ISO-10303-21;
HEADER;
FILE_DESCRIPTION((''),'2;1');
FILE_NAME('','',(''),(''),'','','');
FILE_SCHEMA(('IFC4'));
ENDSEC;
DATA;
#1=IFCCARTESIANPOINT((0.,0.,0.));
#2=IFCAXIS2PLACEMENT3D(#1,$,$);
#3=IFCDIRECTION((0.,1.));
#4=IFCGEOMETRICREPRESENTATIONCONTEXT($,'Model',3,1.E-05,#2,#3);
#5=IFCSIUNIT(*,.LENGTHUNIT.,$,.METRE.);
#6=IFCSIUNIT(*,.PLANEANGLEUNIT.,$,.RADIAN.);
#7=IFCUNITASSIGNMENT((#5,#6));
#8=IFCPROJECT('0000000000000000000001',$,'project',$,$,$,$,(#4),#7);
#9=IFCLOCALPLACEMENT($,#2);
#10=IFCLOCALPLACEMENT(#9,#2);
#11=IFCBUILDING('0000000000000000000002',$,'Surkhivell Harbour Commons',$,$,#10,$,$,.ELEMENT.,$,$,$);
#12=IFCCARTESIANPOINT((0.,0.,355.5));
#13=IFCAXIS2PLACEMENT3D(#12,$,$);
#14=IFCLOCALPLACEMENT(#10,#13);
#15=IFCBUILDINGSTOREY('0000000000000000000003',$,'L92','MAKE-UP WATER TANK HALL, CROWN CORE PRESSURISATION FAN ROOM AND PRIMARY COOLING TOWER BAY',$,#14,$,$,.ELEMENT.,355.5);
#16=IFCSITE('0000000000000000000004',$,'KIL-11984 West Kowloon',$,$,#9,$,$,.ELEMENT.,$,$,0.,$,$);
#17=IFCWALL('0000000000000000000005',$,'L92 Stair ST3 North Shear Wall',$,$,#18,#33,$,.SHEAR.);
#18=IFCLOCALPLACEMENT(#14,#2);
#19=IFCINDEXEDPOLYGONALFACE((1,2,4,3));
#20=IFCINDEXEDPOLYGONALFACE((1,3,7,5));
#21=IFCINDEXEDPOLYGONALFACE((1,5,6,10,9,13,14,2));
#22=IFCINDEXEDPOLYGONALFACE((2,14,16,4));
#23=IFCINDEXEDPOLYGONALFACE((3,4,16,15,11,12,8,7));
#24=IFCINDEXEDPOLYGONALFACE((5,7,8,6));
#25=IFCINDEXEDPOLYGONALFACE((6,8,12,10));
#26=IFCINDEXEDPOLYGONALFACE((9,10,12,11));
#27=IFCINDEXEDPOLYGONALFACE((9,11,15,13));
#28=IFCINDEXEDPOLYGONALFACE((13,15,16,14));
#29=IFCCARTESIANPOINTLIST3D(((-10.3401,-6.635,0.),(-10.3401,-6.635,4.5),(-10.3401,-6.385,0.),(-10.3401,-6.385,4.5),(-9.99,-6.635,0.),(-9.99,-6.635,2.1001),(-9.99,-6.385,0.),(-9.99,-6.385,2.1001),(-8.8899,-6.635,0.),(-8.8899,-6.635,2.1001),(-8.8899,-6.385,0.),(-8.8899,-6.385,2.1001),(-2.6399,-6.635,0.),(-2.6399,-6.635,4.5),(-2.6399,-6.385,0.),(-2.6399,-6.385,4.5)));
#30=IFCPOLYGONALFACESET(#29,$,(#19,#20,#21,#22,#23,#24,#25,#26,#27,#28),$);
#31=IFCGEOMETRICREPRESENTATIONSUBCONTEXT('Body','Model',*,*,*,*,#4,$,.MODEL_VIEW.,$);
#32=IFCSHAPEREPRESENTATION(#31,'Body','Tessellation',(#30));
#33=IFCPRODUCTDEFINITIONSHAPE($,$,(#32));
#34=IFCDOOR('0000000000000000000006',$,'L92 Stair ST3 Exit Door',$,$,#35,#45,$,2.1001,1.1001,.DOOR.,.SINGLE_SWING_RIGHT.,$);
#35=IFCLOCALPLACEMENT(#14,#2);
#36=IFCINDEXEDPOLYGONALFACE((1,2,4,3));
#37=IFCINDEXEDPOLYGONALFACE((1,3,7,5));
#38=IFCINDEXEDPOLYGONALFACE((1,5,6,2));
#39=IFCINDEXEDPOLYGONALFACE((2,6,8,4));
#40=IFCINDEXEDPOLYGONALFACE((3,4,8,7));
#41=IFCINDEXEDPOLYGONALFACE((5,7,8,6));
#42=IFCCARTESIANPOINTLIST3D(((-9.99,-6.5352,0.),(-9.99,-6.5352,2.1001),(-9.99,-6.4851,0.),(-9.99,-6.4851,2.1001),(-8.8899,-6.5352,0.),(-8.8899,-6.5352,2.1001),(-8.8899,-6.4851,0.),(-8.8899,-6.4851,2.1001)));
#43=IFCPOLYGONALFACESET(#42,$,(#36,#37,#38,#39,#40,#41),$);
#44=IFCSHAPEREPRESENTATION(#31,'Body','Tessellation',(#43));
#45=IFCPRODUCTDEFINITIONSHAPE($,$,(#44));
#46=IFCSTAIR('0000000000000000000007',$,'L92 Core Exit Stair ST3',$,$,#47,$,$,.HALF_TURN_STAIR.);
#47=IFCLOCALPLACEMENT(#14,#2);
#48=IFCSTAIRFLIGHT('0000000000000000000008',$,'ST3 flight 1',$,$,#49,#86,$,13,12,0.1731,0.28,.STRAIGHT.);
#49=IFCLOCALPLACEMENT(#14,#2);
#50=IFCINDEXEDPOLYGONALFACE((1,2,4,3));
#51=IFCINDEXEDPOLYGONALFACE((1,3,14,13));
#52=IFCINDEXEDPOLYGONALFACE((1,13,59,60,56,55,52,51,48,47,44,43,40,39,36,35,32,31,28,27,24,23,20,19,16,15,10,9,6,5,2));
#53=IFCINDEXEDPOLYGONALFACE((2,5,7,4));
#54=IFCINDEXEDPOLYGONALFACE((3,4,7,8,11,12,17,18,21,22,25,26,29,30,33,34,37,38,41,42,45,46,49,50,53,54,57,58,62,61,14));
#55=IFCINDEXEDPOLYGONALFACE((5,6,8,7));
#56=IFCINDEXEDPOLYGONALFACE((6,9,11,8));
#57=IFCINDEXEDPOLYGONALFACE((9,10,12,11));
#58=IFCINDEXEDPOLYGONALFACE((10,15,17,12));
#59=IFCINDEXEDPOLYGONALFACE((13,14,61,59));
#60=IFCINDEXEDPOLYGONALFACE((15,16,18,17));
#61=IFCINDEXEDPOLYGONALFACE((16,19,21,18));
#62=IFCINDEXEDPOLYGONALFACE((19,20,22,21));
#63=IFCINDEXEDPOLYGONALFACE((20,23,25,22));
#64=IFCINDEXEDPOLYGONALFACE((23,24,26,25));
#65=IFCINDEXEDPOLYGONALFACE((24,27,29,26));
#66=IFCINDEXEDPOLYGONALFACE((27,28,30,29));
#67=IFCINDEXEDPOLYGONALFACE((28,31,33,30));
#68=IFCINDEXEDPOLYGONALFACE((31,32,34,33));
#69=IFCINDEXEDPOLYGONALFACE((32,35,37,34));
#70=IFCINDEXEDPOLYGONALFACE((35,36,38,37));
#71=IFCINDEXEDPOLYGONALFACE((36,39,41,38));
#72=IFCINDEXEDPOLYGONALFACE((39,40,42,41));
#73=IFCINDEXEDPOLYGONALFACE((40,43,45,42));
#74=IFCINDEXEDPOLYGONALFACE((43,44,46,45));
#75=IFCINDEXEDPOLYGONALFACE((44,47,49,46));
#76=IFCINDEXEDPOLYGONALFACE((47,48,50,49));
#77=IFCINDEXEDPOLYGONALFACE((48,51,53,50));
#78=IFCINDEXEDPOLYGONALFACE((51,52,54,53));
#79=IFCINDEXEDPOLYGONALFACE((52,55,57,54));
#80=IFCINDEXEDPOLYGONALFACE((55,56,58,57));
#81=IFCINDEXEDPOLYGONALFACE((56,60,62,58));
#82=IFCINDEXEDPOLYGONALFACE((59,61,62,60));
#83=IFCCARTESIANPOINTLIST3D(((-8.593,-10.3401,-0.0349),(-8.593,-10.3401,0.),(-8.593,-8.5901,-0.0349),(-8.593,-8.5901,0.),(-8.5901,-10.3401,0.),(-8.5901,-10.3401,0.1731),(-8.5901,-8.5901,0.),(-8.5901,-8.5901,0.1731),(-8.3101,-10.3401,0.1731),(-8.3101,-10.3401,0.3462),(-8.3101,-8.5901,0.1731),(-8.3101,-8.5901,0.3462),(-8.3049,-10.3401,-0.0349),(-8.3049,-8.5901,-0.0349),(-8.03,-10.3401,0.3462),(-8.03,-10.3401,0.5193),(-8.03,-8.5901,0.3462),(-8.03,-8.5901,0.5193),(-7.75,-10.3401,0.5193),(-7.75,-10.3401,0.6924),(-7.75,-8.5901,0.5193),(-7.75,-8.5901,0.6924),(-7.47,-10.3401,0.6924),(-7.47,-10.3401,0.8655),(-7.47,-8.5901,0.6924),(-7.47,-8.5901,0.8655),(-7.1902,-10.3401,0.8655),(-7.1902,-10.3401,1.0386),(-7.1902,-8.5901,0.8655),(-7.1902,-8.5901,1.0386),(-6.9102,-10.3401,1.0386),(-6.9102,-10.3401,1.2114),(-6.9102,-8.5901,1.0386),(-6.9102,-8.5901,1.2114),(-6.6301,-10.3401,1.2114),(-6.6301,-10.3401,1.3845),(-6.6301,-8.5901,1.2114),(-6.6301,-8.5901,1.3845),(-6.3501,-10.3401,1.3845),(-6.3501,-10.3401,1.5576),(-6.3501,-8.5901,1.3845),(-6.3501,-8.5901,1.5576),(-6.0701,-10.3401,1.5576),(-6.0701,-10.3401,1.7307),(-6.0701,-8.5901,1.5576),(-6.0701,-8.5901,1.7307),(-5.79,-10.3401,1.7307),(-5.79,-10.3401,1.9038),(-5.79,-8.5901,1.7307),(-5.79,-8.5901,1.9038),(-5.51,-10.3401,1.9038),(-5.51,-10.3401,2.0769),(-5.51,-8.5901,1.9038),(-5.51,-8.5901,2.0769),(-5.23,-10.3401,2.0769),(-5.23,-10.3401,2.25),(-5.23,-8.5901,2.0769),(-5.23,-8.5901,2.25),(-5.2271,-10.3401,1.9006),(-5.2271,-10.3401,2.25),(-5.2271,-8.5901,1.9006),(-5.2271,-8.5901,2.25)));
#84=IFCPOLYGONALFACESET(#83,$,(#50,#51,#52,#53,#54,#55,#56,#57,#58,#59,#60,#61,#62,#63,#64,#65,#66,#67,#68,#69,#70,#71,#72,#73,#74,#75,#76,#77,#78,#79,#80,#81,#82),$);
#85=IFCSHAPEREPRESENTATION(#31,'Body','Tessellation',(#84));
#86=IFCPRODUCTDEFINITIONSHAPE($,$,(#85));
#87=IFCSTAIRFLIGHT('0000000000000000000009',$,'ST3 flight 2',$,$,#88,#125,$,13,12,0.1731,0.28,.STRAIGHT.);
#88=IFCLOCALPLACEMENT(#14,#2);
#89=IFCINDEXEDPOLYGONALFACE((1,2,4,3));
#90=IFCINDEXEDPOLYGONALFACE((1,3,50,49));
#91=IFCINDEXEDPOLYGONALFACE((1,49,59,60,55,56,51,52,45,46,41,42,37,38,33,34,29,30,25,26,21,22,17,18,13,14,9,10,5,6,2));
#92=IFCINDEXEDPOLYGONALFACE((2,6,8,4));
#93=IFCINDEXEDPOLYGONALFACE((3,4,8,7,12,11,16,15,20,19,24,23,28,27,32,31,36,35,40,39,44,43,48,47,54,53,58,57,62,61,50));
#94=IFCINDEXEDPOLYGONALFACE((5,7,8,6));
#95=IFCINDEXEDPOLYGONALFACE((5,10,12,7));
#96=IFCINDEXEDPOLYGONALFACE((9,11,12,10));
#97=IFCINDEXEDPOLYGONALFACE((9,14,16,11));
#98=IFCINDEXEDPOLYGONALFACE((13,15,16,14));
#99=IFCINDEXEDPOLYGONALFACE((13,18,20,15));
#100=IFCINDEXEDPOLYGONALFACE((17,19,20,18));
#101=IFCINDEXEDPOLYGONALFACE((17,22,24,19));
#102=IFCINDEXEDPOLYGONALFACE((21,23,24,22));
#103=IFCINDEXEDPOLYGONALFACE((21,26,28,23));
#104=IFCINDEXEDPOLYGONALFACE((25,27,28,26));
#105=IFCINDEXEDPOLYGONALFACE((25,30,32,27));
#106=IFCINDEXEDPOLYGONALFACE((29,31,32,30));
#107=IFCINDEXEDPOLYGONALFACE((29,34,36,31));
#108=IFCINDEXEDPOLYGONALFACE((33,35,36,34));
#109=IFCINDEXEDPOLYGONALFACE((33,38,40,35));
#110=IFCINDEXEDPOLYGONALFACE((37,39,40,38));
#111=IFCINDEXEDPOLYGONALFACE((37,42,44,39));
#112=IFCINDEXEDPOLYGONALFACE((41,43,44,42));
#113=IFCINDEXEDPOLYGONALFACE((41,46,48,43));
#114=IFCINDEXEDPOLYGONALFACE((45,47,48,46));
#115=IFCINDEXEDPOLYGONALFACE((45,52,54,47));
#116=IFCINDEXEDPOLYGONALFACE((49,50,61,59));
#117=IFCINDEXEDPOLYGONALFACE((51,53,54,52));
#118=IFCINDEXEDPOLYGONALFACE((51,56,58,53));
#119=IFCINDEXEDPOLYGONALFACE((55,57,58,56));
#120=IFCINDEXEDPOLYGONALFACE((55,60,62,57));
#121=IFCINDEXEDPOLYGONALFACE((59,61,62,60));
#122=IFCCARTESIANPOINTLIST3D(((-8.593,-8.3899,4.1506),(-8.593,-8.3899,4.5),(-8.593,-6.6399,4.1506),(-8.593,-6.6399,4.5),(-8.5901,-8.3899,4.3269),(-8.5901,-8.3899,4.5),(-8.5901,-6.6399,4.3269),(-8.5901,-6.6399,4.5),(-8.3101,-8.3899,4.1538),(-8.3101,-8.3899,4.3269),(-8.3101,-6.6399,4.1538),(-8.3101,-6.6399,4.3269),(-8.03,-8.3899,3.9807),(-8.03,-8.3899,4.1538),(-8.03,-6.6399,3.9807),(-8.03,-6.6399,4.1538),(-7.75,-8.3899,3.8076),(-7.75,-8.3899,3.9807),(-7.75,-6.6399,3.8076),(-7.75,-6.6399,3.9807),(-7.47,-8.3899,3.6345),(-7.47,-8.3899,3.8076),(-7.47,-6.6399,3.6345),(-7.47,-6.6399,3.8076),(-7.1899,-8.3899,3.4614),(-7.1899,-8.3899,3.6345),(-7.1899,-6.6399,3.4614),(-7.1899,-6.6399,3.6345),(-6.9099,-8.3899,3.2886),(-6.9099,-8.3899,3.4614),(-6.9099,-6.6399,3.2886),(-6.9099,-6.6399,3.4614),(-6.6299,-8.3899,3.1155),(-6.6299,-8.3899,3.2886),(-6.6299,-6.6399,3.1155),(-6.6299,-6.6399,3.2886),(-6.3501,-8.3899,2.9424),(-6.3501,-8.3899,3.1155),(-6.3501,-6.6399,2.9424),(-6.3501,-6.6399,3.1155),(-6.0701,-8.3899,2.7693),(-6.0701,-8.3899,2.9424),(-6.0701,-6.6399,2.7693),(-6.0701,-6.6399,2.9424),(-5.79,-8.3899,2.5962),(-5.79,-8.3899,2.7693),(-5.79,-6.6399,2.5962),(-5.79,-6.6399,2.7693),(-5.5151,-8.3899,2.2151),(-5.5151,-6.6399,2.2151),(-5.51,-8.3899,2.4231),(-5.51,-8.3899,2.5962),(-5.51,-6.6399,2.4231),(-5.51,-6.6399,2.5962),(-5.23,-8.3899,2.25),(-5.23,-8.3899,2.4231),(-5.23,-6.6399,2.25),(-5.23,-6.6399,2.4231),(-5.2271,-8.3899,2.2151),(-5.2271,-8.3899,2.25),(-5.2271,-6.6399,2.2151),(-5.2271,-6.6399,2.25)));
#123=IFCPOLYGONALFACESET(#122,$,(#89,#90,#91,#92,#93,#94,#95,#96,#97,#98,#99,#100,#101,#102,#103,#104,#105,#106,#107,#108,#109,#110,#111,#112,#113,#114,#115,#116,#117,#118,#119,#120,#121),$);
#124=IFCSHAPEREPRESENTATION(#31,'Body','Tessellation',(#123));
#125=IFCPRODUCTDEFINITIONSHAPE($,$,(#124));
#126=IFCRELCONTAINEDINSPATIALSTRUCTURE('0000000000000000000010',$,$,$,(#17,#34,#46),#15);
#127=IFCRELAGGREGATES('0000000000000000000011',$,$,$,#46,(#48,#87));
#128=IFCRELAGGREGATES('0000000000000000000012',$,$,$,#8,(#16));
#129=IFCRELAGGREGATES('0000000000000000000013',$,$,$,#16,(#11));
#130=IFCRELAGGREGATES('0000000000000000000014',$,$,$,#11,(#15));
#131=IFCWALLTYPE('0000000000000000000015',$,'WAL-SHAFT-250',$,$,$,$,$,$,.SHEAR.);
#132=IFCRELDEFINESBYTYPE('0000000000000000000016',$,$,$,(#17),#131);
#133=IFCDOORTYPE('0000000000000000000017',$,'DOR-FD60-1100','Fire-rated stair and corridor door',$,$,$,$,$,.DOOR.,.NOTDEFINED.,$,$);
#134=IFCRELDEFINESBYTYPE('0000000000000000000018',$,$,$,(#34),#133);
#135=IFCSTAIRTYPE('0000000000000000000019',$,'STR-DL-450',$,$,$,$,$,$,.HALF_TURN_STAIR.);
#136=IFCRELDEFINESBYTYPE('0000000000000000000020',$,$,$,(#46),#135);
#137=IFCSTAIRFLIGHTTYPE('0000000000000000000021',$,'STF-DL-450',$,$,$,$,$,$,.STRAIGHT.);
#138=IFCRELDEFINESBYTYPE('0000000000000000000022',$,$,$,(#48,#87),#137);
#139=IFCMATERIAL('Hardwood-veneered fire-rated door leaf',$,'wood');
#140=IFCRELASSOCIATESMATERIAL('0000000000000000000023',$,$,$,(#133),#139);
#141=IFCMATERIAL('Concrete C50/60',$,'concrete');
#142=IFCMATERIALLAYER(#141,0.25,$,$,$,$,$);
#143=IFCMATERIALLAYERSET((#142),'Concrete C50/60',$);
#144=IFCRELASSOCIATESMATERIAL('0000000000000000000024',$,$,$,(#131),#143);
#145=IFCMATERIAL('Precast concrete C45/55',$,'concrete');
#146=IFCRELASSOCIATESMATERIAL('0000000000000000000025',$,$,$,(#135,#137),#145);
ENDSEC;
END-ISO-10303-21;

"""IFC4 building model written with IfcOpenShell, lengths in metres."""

from ifc_helpers import new_model, si_unit, direction, frame, frame_2d, origin, place, context, subcontext, project, spatial, polyline, rectangle, outline, extrude, material, layer, layer_set, type_object, element, fill, aggregate, save


model = new_model("IFC4")

# Units and contexts
model_context = context("Model", 3, precision=1e-05, world=origin(), true_north=direction((0.0, 1.0)))
body_context = subcontext(model_context, "Body", "Model", "MODEL_VIEW")
ifc_project = project(units=[si_unit("LENGTHUNIT", "METRE"), si_unit("PLANEANGLEUNIT", "RADIAN")], contexts=[model_context])

# Site, building, storey
site_placement = place(None, origin())
site = spatial("IfcSite", under=ifc_project, at=site_placement, Name="KIL-11984 West Kowloon", CompositionType="ELEMENT", RefElevation=0.0)
building_placement = place(site_placement, origin())
building = spatial("IfcBuilding", under=site, at=building_placement, Name="Surkhivell Harbour Commons", CompositionType="ELEMENT")
storey_placement = place(building_placement, frame((0.0, 0.0, 355.5)))
storey = spatial("IfcBuildingStorey", under=building, at=storey_placement, Name="L92", Description="MAKE-UP WATER TANK HALL, CROWN CORE PRESSURISATION FAN ROOM AND PRIMARY COOLING TOWER BAY", CompositionType="ELEMENT", Elevation=355.5)

# Shared definitions
ifc_material_1 = material(Name="Concrete C50/60", Category="concrete")

# Shared definitions
ifc_material_2 = material(Name="Hardwood-veneered fire-rated door leaf", Category="wood")
door_type_1 = type_object("IfcDoorType", Name="DOR-FD60-1100", Description="Fire-rated stair and corridor door", OperationType="NOTDEFINED", PredefinedType="DOOR", material=ifc_material_2)

# Shared definitions
ifc_layer_1 = layer(ifc_material_1, 0.25)
ifc_layer_set_1 = layer_set([ifc_layer_1], Name="Concrete C50/60")
wall_type_1 = type_object("IfcWallType", Name="WAL-SHAFT-250", PredefinedType="SHEAR", material=ifc_layer_set_1)

# Wall, opening, door
wall_1_placement = place(storey_placement, frame((-10.3401, -6.51, 0.0), z_axis=(0.0, 0.0, 1.0), x_axis=(1.0, 0.0, 0.0)))
wall_1 = element("IfcWall", 1, at=wall_1_placement, inside=storey, type_object=wall_type_1, Name="L92 Stair ST3 North Shear Wall", PredefinedType="SHEAR", context=body_context, shape_type="SweptSolid", body=[
    extrude(rectangle(XDim=7.7002, YDim=0.25, at=frame_2d((3.8501, 0.0))), origin(), (0.0, 0.0, 1.0), 4.5),
])
opening_1_placement = place(wall_1_placement, frame((0.3501, 0.0, 0.0)))
opening_1 = element("IfcOpeningElement", 2, at=opening_1_placement, cuts=wall_1, PredefinedType="OPENING", context=body_context, shape_type="SweptSolid", body=[
    extrude(rectangle(XDim=1.1001, YDim=2.1001, at=frame_2d((0.55, 1.05))), frame((0.0, 0.135, 0.0), z_axis=(0.0, -1.0, 0.0), x_axis=(1.0, 0.0, 0.0)), (0.0, 0.0, 1.0), 0.27),
])
door_1_placement = place(opening_1_placement, origin())
door_1 = element("IfcDoor", 3, at=door_1_placement, inside=storey, type_object=door_type_1, Name="L92 Stair ST3 Exit Door", OperationType="SINGLE_SWING_RIGHT", OverallHeight=2.1001, OverallWidth=1.1001, PredefinedType="DOOR", context=body_context, shape_type="SweptSolid", body=[
    extrude(rectangle(XDim=1.1001, YDim=2.1001, at=frame_2d((0.55, 1.05))), frame((0.0, 0.0249, 0.0), z_axis=(0.0, -1.0, 0.0), x_axis=(1.0, 0.0, 0.0)), (0.0, 0.0, 1.0), 0.05),
])
fill(opening_1, door_1)

# Stair, stair flights
ifc_material_3 = material(Name="Precast concrete C45/55", Category="concrete")
stair_type = type_object("IfcStairType", Name="STR-DL-450", PredefinedType="HALF_TURN_STAIR", material=ifc_material_3)
stair_placement = place(storey_placement, origin())
stair = element("IfcStair", 4, at=stair_placement, inside=storey, type_object=stair_type, Name="L92 Core Exit Stair ST3", PredefinedType="HALF_TURN_STAIR")
stair_flight_type = type_object("IfcStairFlightType", Name="STF-DL-450", PredefinedType="STRAIGHT", material=ifc_material_3)
stair_flight_1_placement = place(storey_placement, frame((-8.5901, -9.4651, 0.0), z_axis=(0.0, 0.0, 1.0), x_axis=(1.0, 0.0, 0.0)))
stair_flight_1 = element("IfcStairFlight", 5, at=stair_flight_1_placement, type_object=stair_flight_type, Name="ST3 flight 1", NumberOfRisers=13, NumberOfTreads=12, PredefinedType="STRAIGHT", RiserHeight=0.1731, TreadLength=0.28, context=body_context, shape_type="SweptSolid", body=[
    extrude(outline(polyline([(-0.0029, -0.0349), (-0.0029, 0.0), (0.0, 0.0), (0.0, 0.1731), (0.28, 0.1731), (0.28, 0.3462), (0.5601, 0.3462), (0.5601, 0.5193), (0.8401, 0.5193), (0.8401, 0.6924), (1.1201, 0.6924), (1.1201, 0.8655), (1.3999, 0.8655), (1.3999, 1.0386), (1.6799, 1.0386), (1.6799, 1.2114), (1.96, 1.2114), (1.96, 1.3845), (2.24, 1.3845), (2.24, 1.5576), (2.52, 1.5576), (2.52, 1.7307), (2.8, 1.7307), (2.8, 1.9038), (3.0801, 1.9038), (3.0801, 2.0769), (3.3601, 2.0769), (3.3601, 2.25), (3.363, 2.25), (3.363, 1.9006), (0.2852, -0.0349), (-0.0029, -0.0349)])), frame((0.0, 0.875, 0.0), z_axis=(0.0, -1.0, 0.0), x_axis=(1.0, 0.0, 0.0)), (0.0, 0.0, 1.0), 1.75),
])
stair_flight_2_placement = place(storey_placement, frame((-5.23, -7.5149, 2.25), z_axis=(0.0, 0.0, 1.0), x_axis=(-1.0, 0.0, 0.0)))
stair_flight_2 = element("IfcStairFlight", 6, at=stair_flight_2_placement, type_object=stair_flight_type, Name="ST3 flight 2", NumberOfRisers=13, NumberOfTreads=12, PredefinedType="STRAIGHT", RiserHeight=0.1731, TreadLength=0.28, context=body_context, shape_type="SweptSolid", body=[
    extrude(outline(polyline([(-0.0029, -0.0349), (-0.0029, 0.0), (0.0, 0.0), (0.0, 0.1731), (0.28, 0.1731), (0.28, 0.3462), (0.5601, 0.3462), (0.5601, 0.5193), (0.8401, 0.5193), (0.8401, 0.6924), (1.1201, 0.6924), (1.1201, 0.8655), (1.3999, 0.8655), (1.3999, 1.0386), (1.6799, 1.0386), (1.6799, 1.2114), (1.96, 1.2114), (1.96, 1.3845), (2.24, 1.3845), (2.24, 1.5576), (2.52, 1.5576), (2.52, 1.7307), (2.8, 1.7307), (2.8, 1.9038), (3.0801, 1.9038), (3.0801, 2.0769), (3.3601, 2.0769), (3.3601, 2.25), (3.363, 2.25), (3.363, 1.9006), (0.2852, -0.0349), (-0.0029, -0.0349)])), frame((0.0, 0.875, 0.0), z_axis=(0.0, -1.0, 0.0), x_axis=(1.0, 0.0, 0.0)), (0.0, 0.0, 1.0), 1.75),
])
aggregate(stair, [stair_flight_1, stair_flight_2])

save(model, "model.ifc")
